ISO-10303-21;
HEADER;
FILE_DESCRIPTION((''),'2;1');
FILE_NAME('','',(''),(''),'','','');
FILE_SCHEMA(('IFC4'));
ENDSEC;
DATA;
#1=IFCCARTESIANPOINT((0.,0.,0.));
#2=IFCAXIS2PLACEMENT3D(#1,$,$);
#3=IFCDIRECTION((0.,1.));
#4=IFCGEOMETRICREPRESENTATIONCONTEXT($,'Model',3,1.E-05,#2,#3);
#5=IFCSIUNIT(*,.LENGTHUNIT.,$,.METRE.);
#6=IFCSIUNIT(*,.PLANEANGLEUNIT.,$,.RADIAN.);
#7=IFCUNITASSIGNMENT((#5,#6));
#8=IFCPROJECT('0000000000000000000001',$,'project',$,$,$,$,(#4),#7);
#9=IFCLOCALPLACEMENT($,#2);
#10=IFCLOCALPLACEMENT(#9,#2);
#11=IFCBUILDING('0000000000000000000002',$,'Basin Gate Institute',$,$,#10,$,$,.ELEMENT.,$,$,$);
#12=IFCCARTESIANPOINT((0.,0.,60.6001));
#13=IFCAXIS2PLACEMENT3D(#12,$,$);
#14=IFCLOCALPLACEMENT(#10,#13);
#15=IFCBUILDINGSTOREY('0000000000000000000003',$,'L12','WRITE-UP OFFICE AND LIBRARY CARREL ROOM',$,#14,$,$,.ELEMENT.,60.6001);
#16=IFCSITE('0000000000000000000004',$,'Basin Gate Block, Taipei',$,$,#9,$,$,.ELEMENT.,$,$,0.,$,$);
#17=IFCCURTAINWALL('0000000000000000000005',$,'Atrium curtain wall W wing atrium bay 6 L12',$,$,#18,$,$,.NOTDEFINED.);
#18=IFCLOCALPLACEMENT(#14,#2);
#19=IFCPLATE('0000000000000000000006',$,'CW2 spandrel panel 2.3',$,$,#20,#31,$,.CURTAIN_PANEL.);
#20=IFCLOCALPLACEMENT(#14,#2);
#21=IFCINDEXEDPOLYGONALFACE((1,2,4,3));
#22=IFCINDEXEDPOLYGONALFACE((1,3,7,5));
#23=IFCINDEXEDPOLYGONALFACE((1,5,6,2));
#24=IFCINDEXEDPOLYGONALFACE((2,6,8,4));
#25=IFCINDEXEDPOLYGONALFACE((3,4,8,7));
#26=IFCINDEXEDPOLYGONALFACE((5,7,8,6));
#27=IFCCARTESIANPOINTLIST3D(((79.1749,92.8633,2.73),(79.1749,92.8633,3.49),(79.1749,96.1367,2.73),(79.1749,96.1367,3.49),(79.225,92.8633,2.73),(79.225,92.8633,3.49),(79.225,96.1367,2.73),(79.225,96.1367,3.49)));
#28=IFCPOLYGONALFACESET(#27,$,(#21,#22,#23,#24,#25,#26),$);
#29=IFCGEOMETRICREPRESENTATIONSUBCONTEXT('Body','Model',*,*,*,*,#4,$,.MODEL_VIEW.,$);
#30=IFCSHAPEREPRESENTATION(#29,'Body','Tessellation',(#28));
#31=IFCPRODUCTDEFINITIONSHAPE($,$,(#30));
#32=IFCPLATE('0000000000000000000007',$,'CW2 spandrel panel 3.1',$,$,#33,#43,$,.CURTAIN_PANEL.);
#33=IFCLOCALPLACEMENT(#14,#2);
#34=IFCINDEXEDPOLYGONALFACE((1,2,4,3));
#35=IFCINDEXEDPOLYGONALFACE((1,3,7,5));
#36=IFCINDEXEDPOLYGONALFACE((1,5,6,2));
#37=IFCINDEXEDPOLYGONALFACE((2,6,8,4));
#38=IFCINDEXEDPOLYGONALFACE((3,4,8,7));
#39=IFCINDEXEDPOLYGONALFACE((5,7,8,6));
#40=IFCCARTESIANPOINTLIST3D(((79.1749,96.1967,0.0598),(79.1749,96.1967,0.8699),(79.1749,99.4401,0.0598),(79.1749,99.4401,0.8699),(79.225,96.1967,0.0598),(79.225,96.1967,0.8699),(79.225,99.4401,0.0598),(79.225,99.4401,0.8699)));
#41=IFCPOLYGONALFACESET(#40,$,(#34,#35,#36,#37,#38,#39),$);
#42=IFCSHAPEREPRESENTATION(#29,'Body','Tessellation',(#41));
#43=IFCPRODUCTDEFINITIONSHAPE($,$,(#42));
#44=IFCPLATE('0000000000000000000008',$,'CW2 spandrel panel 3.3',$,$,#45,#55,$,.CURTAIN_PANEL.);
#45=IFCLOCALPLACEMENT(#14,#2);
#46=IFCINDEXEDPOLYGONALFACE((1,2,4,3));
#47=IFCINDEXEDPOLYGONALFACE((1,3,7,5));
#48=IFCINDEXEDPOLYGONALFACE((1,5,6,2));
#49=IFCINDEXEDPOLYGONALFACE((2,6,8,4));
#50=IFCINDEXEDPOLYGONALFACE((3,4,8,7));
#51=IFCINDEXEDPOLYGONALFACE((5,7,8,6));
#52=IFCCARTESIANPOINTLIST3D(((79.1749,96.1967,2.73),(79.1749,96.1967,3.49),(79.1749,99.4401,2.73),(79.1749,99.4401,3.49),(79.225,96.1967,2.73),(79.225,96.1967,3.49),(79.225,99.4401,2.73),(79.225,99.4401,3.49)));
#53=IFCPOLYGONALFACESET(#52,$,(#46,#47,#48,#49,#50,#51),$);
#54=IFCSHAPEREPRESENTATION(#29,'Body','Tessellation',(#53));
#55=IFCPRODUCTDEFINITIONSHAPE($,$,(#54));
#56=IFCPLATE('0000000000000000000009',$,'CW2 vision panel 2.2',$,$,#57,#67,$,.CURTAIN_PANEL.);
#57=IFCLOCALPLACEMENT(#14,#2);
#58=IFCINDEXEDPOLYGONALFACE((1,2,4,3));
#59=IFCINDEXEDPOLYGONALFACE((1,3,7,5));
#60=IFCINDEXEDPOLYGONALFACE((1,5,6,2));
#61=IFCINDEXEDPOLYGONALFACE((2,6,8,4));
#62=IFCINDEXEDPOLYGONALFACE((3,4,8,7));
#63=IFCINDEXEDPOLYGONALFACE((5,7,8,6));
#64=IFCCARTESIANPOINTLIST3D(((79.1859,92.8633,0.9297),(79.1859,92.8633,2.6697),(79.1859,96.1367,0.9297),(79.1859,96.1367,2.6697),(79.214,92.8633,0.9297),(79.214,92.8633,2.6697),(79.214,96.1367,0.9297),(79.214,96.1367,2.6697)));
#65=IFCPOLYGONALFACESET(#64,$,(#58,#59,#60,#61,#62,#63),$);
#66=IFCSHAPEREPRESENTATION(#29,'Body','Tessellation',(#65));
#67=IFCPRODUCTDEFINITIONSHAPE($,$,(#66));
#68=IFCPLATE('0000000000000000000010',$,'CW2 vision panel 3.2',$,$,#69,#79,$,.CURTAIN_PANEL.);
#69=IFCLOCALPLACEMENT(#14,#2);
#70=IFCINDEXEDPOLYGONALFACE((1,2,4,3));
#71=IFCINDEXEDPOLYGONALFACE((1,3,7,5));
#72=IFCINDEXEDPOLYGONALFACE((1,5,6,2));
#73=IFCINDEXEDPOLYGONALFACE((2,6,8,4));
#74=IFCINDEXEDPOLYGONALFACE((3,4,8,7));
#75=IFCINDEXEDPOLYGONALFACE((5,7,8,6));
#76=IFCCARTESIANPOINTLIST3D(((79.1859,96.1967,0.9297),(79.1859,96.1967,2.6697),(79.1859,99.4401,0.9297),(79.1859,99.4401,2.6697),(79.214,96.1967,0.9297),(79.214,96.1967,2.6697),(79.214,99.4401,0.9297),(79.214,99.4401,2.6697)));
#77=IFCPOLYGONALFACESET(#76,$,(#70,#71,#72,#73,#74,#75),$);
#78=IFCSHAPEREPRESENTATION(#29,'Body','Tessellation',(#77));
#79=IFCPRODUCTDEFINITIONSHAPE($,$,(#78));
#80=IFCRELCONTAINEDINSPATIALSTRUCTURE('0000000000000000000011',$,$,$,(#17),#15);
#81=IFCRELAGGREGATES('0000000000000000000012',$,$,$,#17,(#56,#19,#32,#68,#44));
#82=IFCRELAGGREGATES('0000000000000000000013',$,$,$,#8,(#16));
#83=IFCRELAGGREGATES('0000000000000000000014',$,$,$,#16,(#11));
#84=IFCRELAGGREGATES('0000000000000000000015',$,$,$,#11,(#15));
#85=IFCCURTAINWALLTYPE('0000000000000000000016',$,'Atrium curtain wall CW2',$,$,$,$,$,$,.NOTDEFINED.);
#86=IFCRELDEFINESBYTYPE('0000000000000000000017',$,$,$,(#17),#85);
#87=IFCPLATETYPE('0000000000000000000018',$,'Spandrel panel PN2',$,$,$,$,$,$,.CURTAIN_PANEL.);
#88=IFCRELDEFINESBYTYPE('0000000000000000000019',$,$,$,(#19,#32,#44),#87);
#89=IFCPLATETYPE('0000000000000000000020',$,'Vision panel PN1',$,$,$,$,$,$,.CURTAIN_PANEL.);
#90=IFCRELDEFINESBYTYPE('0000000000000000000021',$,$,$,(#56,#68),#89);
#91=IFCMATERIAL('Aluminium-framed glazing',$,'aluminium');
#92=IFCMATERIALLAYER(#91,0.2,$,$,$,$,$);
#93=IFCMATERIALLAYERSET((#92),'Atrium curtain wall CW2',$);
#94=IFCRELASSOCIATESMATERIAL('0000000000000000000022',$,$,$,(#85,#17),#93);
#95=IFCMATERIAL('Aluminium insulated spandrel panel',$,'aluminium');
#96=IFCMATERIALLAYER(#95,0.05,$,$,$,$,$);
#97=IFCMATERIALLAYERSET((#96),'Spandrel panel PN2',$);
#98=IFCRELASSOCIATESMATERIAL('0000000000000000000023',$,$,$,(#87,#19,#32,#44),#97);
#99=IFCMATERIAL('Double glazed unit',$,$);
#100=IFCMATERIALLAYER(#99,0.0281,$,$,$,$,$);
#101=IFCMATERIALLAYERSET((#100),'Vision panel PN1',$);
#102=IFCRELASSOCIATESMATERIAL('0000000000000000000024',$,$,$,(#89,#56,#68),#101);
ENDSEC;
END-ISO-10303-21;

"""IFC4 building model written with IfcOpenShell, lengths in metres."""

from ifc_helpers import new_model, si_unit, direction, frame, origin, origin_2d, place, context, subcontext, project, spatial, rectangle, extrude, material, layer, layer_set, type_object, element, aggregate, save


model = new_model("IFC4")

# Units and contexts
model_context = context("Model", 3, precision=1e-05, world=origin(), true_north=direction((0.0, 1.0)))
body_context = subcontext(model_context, "Body", "Model", "MODEL_VIEW")
ifc_project = project(units=[si_unit("LENGTHUNIT", "METRE"), si_unit("PLANEANGLEUNIT", "RADIAN")], contexts=[model_context])

# Site, building, storey
site_placement = place(None, origin())
site = spatial("IfcSite", under=ifc_project, at=site_placement, Name="Basin Gate Block, Taipei", CompositionType="ELEMENT", RefElevation=0.0)
building_placement = place(site_placement, origin())
building = spatial("IfcBuilding", under=site, at=building_placement, Name="Basin Gate Institute", CompositionType="ELEMENT")
storey_placement = place(building_placement, frame((0.0, 0.0, 60.6001)))
storey = spatial("IfcBuildingStorey", under=building, at=storey_placement, Name="L12", Description="WRITE-UP OFFICE AND LIBRARY CARREL ROOM", CompositionType="ELEMENT", Elevation=60.6001)

# Curtain wall, plates
ifc_material_1 = material(Name="Aluminium-framed glazing", Category="aluminium")
ifc_layer_1 = layer(ifc_material_1, 0.2)
ifc_layer_set_1 = layer_set([ifc_layer_1], Name="Atrium curtain wall CW2")
curtain_wall_type = type_object("IfcCurtainWallType", Name="Atrium curtain wall CW2", PredefinedType="NOTDEFINED", material=ifc_layer_set_1)
curtain_wall_placement = place(storey_placement, origin())
curtain_wall = element("IfcCurtainWall", 1, at=curtain_wall_placement, inside=storey, type_object=curtain_wall_type, material=ifc_layer_set_1, Name="Atrium curtain wall W wing atrium bay 6 L12", PredefinedType="NOTDEFINED")
ifc_material_2 = material(Name="Aluminium insulated spandrel panel", Category="aluminium")
ifc_layer_2 = layer(ifc_material_2, 0.05)
ifc_layer_set_2 = layer_set([ifc_layer_2], Name="Spandrel panel PN2")
plate_type_1 = type_object("IfcPlateType", Name="Spandrel panel PN2", PredefinedType="CURTAIN_PANEL", material=ifc_layer_set_2)
plate_1_placement = place(storey_placement, frame((79.2, 94.5, 2.73), z_axis=(0.0, 0.0, 1.0), x_axis=(0.0, 1.0, 0.0)))
plate_1 = element("IfcPlate", 2, at=plate_1_placement, type_object=plate_type_1, material=ifc_layer_set_2, Name="CW2 spandrel panel 2.3", PredefinedType="CURTAIN_PANEL", context=body_context, shape_type="SweptSolid", body=[
    extrude(rectangle(XDim=3.2734, YDim=0.05, at=origin_2d()), origin(), (0.0, 0.0, 1.0), 0.76),
])
plate_2_placement = place(storey_placement, frame((79.2, 97.8184, 0.0598), z_axis=(0.0, 0.0, 1.0), x_axis=(0.0, 1.0, 0.0)))
plate_2 = element("IfcPlate", 3, at=plate_2_placement, type_object=plate_type_1, material=ifc_layer_set_2, Name="CW2 spandrel panel 3.1", PredefinedType="CURTAIN_PANEL", context=body_context, shape_type="SweptSolid", body=[
    extrude(rectangle(XDim=3.2434, YDim=0.05, at=origin_2d()), origin(), (0.0, 0.0, 1.0), 0.8101),
])
plate_3_placement = place(storey_placement, frame((79.2, 97.8184, 2.73), z_axis=(0.0, 0.0, 1.0), x_axis=(0.0, 1.0, 0.0)))
plate_3 = element("IfcPlate", 4, at=plate_3_placement, type_object=plate_type_1, material=ifc_layer_set_2, Name="CW2 spandrel panel 3.3", PredefinedType="CURTAIN_PANEL", context=body_context, shape_type="SweptSolid", body=[
    extrude(rectangle(XDim=3.2434, YDim=0.05, at=origin_2d()), origin(), (0.0, 0.0, 1.0), 0.76),
])
ifc_material_3 = material(Name="Double glazed unit")
ifc_layer_3 = layer(ifc_material_3, 0.0281)
ifc_layer_set_3 = layer_set([ifc_layer_3], Name="Vision panel PN1")
plate_type_2 = type_object("IfcPlateType", Name="Vision panel PN1", PredefinedType="CURTAIN_PANEL", material=ifc_layer_set_3)
plate_4_placement = place(storey_placement, frame((79.2, 94.5, 0.9297), z_axis=(0.0, 0.0, 1.0), x_axis=(0.0, 1.0, 0.0)))
plate_4 = element("IfcPlate", 5, at=plate_4_placement, type_object=plate_type_2, material=ifc_layer_set_3, Name="CW2 vision panel 2.2", PredefinedType="CURTAIN_PANEL", context=body_context, shape_type="SweptSolid", body=[
    extrude(rectangle(XDim=3.2734, YDim=0.0281, at=origin_2d()), origin(), (0.0, 0.0, 1.0), 1.74),
])
plate_5_placement = place(storey_placement, frame((79.2, 97.8184, 0.9297), z_axis=(0.0, 0.0, 1.0), x_axis=(0.0, 1.0, 0.0)))
plate_5 = element("IfcPlate", 6, at=plate_5_placement, type_object=plate_type_2, material=ifc_layer_set_3, Name="CW2 vision panel 3.2", PredefinedType="CURTAIN_PANEL", context=body_context, shape_type="SweptSolid", body=[
    extrude(rectangle(XDim=3.2434, YDim=0.0281, at=origin_2d()), origin(), (0.0, 0.0, 1.0), 1.74),
])
aggregate(curtain_wall, [plate_4, plate_1, plate_2, plate_5, plate_3])

save(model, "model.ifc")
